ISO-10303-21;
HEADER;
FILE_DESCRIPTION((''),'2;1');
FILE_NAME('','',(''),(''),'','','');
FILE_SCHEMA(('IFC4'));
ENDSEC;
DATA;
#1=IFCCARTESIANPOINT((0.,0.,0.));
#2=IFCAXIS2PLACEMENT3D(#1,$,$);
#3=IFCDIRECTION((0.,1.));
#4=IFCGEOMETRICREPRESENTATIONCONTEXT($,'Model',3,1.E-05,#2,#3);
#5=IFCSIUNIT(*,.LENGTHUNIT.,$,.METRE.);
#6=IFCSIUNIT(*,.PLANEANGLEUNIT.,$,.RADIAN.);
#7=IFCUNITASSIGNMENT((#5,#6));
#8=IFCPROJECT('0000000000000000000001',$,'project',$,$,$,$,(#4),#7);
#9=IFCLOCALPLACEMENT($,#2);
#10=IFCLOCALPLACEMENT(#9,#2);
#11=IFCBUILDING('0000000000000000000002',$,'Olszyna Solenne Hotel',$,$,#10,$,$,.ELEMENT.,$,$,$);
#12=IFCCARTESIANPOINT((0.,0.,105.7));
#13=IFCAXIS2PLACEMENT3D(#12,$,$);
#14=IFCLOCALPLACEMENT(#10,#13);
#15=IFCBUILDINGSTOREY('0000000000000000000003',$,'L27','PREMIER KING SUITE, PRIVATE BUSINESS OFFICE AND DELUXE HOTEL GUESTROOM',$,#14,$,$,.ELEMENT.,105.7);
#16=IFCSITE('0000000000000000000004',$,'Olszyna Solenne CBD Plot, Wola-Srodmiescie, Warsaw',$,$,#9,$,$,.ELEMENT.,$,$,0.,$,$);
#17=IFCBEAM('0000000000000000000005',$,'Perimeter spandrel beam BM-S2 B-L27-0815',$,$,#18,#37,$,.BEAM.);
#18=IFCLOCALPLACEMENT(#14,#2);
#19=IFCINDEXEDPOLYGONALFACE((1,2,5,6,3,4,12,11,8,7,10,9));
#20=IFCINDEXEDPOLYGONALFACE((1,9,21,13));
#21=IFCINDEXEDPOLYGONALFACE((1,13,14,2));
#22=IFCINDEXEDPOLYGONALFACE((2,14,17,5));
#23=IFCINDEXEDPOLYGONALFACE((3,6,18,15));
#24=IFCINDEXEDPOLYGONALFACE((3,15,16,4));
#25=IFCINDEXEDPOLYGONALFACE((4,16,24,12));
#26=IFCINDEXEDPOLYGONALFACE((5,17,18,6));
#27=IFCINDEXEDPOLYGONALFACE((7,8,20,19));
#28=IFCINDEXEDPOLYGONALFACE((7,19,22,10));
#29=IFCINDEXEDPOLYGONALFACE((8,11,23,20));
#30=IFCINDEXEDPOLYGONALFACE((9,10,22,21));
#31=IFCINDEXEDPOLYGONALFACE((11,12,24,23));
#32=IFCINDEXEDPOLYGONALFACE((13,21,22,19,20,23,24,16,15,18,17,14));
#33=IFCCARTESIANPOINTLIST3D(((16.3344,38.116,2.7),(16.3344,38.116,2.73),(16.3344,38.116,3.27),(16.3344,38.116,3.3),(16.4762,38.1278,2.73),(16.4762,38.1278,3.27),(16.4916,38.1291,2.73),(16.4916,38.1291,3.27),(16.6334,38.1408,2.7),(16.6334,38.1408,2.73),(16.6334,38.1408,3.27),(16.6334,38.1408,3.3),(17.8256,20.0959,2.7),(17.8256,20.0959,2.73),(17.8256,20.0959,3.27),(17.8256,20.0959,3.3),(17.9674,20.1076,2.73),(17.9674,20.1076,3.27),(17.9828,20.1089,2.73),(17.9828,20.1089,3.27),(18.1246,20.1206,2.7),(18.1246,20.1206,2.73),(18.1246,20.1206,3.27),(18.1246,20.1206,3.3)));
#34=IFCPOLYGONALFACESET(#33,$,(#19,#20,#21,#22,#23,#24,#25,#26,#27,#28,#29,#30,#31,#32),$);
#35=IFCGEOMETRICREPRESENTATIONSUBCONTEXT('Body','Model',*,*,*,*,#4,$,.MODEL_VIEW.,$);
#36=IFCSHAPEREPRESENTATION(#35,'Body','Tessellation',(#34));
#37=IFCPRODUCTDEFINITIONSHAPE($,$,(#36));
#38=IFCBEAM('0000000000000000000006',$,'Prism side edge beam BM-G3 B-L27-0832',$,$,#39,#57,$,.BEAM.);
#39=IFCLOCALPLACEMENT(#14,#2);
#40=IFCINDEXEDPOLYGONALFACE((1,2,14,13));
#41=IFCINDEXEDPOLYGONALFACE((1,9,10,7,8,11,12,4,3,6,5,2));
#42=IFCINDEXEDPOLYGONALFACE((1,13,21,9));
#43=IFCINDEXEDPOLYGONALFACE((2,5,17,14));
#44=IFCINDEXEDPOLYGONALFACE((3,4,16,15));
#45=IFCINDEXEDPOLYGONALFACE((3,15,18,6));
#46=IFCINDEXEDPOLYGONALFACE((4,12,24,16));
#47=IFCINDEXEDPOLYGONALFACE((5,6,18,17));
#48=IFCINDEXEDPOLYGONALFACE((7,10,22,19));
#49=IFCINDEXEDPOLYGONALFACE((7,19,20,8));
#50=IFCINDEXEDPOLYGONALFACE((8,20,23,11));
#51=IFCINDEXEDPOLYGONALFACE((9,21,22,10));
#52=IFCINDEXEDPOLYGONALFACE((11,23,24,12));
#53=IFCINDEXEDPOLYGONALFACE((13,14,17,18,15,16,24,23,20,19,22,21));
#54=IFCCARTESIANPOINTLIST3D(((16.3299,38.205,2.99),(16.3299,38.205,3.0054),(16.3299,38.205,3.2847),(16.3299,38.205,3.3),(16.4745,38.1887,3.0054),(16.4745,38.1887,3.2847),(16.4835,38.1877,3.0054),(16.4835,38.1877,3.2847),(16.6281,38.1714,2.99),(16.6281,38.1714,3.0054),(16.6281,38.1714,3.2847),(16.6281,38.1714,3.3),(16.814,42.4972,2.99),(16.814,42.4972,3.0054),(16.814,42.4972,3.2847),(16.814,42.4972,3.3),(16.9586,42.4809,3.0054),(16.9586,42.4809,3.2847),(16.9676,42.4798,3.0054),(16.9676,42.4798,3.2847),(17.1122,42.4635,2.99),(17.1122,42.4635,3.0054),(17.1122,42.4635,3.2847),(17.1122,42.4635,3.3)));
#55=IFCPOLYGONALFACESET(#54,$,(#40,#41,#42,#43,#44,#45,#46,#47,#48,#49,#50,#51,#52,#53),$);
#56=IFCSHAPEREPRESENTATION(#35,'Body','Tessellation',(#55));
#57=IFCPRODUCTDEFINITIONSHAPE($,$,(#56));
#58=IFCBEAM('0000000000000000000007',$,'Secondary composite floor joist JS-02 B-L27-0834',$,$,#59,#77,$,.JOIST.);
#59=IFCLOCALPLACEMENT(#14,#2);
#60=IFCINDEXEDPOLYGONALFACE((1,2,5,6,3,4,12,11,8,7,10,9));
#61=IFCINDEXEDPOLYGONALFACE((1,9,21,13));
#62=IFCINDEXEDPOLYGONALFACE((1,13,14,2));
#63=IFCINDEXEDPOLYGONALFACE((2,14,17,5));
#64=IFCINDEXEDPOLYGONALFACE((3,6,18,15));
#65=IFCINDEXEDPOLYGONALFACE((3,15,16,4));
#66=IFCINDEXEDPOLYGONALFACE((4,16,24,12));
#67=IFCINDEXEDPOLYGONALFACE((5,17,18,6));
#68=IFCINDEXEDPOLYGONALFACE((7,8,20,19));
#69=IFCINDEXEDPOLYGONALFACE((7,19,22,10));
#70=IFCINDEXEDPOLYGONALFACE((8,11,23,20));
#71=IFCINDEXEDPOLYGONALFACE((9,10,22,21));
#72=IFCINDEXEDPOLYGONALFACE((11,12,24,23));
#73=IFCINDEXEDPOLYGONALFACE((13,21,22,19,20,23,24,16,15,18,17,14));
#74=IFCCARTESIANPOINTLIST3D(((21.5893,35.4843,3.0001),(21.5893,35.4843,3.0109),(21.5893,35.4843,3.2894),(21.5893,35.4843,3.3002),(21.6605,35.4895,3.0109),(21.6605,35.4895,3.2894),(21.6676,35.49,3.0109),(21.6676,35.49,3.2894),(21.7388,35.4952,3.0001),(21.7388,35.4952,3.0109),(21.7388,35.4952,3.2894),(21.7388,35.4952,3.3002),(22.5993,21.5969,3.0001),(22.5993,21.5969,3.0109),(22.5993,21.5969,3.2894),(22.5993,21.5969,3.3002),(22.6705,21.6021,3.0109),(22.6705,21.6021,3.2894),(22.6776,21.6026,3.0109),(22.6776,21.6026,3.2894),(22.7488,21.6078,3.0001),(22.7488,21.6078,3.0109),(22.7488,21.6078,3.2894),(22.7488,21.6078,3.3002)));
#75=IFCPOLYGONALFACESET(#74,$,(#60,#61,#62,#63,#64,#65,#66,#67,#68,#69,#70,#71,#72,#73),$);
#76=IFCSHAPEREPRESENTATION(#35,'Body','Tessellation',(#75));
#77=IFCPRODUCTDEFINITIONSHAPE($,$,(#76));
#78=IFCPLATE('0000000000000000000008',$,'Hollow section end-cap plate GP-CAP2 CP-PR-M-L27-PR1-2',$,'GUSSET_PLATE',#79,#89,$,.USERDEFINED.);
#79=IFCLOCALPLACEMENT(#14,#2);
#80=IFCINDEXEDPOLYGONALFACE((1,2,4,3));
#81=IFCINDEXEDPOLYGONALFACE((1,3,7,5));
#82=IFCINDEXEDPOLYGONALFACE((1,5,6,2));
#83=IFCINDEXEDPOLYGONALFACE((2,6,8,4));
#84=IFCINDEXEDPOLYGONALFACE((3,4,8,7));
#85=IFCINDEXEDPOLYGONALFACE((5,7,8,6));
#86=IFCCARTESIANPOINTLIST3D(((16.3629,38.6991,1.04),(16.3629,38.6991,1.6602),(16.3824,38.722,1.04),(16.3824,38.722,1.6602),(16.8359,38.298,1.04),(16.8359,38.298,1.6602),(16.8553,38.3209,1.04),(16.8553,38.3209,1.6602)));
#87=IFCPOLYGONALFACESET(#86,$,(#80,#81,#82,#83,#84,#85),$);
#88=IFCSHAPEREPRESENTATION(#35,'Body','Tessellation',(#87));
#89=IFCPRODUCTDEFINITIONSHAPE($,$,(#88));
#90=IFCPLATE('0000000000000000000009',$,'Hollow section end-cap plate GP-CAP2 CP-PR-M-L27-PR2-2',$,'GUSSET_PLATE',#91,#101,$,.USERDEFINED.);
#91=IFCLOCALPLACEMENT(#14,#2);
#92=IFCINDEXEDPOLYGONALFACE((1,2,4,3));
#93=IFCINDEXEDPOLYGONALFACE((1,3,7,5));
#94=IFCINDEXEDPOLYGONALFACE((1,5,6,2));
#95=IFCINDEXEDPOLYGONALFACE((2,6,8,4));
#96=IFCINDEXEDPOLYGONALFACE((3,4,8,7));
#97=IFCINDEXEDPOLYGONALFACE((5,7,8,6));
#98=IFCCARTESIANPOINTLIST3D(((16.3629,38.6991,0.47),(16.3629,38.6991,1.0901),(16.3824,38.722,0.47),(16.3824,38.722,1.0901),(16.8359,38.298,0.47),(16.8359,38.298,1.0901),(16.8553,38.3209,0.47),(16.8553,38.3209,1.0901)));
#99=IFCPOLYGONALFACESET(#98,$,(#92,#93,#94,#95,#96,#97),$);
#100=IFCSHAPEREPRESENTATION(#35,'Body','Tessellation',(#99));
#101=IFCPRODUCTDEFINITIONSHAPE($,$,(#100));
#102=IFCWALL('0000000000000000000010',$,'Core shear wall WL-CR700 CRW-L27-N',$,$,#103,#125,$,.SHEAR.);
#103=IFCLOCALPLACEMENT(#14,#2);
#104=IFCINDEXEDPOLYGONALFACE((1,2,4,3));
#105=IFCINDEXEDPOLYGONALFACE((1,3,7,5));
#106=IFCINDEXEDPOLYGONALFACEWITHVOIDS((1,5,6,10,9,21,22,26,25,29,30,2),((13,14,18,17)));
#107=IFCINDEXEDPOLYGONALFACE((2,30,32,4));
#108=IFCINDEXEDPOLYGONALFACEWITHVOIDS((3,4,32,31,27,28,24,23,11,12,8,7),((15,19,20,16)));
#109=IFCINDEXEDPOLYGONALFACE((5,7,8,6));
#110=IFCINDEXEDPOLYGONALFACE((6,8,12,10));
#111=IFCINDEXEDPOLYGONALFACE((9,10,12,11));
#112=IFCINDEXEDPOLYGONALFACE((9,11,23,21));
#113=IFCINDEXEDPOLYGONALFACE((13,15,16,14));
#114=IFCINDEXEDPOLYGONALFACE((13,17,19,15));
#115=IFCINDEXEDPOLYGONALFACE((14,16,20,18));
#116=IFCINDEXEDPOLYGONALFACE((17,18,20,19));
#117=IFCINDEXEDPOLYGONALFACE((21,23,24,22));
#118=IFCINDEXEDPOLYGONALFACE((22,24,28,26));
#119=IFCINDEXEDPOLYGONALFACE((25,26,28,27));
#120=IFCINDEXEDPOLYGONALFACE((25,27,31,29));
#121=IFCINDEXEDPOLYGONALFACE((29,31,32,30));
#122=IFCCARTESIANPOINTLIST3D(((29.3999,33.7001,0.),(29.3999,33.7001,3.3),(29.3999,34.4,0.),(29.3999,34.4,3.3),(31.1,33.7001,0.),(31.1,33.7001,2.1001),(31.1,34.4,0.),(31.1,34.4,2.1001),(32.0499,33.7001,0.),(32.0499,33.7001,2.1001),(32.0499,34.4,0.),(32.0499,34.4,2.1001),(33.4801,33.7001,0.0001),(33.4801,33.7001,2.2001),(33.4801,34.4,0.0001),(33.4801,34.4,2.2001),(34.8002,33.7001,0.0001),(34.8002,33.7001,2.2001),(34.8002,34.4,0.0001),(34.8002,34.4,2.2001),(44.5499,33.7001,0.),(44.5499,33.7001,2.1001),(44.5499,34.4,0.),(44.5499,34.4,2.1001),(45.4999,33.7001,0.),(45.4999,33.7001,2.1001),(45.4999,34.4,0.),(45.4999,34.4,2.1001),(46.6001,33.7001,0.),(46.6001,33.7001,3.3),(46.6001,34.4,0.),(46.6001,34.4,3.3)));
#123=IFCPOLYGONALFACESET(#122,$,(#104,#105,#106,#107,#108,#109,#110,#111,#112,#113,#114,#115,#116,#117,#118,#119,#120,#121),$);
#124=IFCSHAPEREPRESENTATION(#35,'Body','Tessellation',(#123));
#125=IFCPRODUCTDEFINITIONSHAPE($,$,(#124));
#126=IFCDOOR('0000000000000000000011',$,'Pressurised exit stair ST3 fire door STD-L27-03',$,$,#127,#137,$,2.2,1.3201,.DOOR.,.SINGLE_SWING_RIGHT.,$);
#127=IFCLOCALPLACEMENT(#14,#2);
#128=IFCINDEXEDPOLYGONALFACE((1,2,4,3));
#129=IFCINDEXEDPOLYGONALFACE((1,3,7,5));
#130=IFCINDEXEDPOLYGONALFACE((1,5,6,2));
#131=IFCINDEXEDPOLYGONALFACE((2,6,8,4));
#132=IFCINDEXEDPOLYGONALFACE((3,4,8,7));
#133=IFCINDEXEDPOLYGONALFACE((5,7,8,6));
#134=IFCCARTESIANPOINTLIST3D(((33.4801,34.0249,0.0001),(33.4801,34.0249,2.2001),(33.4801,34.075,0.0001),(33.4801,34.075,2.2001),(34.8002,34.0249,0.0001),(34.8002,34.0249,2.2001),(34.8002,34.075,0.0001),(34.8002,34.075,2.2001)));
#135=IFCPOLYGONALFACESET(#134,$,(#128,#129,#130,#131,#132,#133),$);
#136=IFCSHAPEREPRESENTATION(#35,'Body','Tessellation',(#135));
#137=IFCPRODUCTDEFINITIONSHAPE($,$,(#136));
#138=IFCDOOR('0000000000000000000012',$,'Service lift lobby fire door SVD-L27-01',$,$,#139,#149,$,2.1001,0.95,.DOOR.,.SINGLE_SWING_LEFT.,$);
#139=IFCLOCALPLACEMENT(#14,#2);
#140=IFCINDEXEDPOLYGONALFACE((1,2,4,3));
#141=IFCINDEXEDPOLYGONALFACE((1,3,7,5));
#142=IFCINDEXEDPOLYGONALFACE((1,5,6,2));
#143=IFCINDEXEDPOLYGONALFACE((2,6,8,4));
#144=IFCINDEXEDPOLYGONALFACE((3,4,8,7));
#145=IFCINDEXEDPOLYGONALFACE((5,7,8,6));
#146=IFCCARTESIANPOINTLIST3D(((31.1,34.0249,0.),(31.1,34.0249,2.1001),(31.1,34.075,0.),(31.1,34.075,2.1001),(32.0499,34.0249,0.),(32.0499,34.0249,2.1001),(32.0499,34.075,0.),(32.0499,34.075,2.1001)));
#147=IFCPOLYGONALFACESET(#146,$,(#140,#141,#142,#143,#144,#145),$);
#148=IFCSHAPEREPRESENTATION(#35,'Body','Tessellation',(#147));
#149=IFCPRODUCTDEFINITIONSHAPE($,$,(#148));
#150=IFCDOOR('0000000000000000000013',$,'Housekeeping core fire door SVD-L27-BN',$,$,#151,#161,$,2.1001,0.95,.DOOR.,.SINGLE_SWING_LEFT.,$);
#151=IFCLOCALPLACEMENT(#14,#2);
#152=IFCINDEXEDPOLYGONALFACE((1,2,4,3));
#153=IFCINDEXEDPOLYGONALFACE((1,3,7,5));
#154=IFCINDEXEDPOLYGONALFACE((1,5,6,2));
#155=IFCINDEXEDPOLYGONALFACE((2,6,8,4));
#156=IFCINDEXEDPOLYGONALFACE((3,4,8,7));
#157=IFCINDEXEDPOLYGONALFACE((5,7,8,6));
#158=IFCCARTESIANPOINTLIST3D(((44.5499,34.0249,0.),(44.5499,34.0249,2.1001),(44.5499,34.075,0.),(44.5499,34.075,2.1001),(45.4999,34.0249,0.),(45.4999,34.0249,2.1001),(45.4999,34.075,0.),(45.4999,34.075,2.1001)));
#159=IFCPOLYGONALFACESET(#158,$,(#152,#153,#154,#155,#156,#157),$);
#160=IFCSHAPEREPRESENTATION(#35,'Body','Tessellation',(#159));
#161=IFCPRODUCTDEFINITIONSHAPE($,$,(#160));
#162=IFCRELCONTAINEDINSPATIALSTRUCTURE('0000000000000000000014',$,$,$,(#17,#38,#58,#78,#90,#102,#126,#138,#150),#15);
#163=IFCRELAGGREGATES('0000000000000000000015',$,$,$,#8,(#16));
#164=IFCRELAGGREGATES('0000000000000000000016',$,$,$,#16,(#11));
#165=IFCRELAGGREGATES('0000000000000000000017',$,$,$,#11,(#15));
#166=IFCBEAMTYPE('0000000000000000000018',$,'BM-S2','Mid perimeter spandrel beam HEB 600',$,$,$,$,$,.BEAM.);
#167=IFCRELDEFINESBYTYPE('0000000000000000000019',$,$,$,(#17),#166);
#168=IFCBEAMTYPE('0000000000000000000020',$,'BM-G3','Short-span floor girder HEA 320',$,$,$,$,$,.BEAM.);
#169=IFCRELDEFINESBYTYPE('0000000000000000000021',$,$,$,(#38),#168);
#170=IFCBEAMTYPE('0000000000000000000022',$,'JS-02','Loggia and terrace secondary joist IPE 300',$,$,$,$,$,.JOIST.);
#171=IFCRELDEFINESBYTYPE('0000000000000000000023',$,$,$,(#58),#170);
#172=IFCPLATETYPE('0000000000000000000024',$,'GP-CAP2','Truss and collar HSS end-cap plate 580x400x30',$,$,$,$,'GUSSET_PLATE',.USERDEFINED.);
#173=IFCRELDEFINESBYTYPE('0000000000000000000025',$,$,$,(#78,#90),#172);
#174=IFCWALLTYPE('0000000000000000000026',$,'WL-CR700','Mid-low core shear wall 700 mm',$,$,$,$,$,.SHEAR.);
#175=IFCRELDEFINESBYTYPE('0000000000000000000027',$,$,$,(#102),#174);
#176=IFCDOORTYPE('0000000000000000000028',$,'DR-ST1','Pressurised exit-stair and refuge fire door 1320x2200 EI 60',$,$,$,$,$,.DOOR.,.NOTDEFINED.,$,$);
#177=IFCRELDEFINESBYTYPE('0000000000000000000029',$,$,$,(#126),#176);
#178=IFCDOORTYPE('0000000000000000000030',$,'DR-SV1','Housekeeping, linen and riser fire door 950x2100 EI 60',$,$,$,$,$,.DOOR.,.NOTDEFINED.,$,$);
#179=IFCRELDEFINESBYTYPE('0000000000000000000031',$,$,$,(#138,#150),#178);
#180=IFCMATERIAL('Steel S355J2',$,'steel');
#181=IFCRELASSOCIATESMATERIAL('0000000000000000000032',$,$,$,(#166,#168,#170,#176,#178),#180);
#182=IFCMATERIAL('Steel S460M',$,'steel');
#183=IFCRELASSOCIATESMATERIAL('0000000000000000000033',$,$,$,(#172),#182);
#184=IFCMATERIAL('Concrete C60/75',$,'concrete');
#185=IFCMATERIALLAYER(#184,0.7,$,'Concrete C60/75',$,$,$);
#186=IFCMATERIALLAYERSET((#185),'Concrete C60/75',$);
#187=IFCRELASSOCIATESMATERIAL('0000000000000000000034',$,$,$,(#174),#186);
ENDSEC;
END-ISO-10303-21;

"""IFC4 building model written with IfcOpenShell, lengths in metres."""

from ifc_helpers import new_model, si_unit, direction, frame, frame_2d, origin, origin_2d, place, context, subcontext, project, spatial, rectangle, i_section, extrude, source, transform, mapped, material, layer, layer_set, material_profile, profile_set, type_object, type_shapes, element, fill, save


model = new_model("IFC4")

# Units and contexts
model_context = context("Model", 3, precision=1e-05, world=origin(), true_north=direction((0.0, 1.0)))
body_context = subcontext(model_context, "Body", "Model", "MODEL_VIEW")
ifc_project = project(units=[si_unit("LENGTHUNIT", "METRE"), si_unit("PLANEANGLEUNIT", "RADIAN")], contexts=[model_context])

# Site, building, storey
site_placement = place(None, origin())
site = spatial("IfcSite", under=ifc_project, at=site_placement, Name="Olszyna Solenne CBD Plot, Wola-Srodmiescie, Warsaw", CompositionType="ELEMENT", RefElevation=0.0)
building_placement = place(site_placement, origin())
building = spatial("IfcBuilding", under=site, at=building_placement, Name="Olszyna Solenne Hotel", CompositionType="ELEMENT")
storey_placement = place(building_placement, frame((0.0, 0.0, 105.7)))
storey = spatial("IfcBuildingStorey", under=building, at=storey_placement, Name="L27", Description="PREMIER KING SUITE, PRIVATE BUSINESS OFFICE AND DELUXE HOTEL GUESTROOM", CompositionType="ELEMENT", Elevation=105.7)

# Beams
ifc_material_1 = material(Name="Steel S355J2", Category="steel")
ifc_material_profile_1 = material_profile(ifc_material_1, i_section(OverallWidth=0.3, OverallDepth=0.6001, WebThickness=0.0154, FlangeThickness=0.03, at=origin_2d()), Name="HEB 600", Category="load-bearing")
ifc_profile_set_1 = profile_set([ifc_material_profile_1], Name="Steel S355J2")
beam_type_1 = type_object("IfcBeamType", Name="BM-S2", Description="Mid perimeter spandrel beam HEB 600", PredefinedType="BEAM", material=ifc_profile_set_1)
shared_shape_1 = source(origin(), body_context, "Body", "SweptSolid", [
    extrude(i_section(OverallWidth=0.3, OverallDepth=0.6001, WebThickness=0.0154, FlangeThickness=0.03, at=origin_2d()), origin(), (0.0, 0.0, 1.0), 18.0818),
])
beam_1_placement = place(storey_placement, frame((16.4839, 38.1284, 3.0), z_axis=(0.08247, -0.996594, 0.0), x_axis=(0.996594, 0.08247, 0.0)))
element("IfcBeam", 1, at=beam_1_placement, inside=storey, type_object=beam_type_1, Name="Perimeter spandrel beam BM-S2 B-L27-0815", PredefinedType="BEAM", context=body_context, shape_type="MappedRepresentation", body=[
    mapped(shared_shape_1, transform((0.0, 0.0, 0.0), x_axis=(1.0, 0.0, 0.0), y_axis=(0.0, 1.0, 0.0), z_axis=(0.0, 0.0, 1.0), scale=1.0)),
])
ifc_material_profile_2 = material_profile(ifc_material_1, i_section(OverallWidth=0.3, OverallDepth=0.3101, WebThickness=0.009, FlangeThickness=0.0154, at=origin_2d()), Name="HEA 320", Category="load-bearing")
ifc_profile_set_2 = profile_set([ifc_material_profile_2], Name="Steel S355J2")
beam_type_2 = type_object("IfcBeamType", Name="BM-G3", Description="Short-span floor girder HEA 320", PredefinedType="BEAM", material=ifc_profile_set_2)
shared_shape_2 = source(origin(), body_context, "Body", "SweptSolid", [
    extrude(i_section(OverallWidth=0.3, OverallDepth=0.3101, WebThickness=0.009, FlangeThickness=0.0154, at=origin_2d()), origin(), (0.0, 0.0, 1.0), 4.3193),
])
beam_2_placement = place(storey_placement, frame((16.479, 38.1882, 3.145), z_axis=(0.112082, 0.993699, 0.0), x_axis=(-0.993699, 0.112082, 0.0)))
element("IfcBeam", 2, at=beam_2_placement, inside=storey, type_object=beam_type_2, Name="Prism side edge beam BM-G3 B-L27-0832", PredefinedType="BEAM", context=body_context, shape_type="MappedRepresentation", body=[
    mapped(shared_shape_2, transform((0.0, 0.0, 0.0), x_axis=(1.0, 0.0, 0.0), y_axis=(0.0, 1.0, 0.0), z_axis=(0.0, 0.0, 1.0), scale=1.0)),
])
ifc_material_profile_3 = material_profile(ifc_material_1, i_section(OverallWidth=0.1499, OverallDepth=0.3, WebThickness=0.0071, FlangeThickness=0.0107, at=origin_2d()), Name="IPE 300", Category="load-bearing")
ifc_profile_set_3 = profile_set([ifc_material_profile_3], Name="Steel S355J2")
beam_type_3 = type_object("IfcBeamType", Name="JS-02", Description="Loggia and terrace secondary joist IPE 300", PredefinedType="JOIST", material=ifc_profile_set_3)
shared_shape_3 = source(origin(), body_context, "Body", "SweptSolid", [
    extrude(i_section(OverallWidth=0.1499, OverallDepth=0.3, WebThickness=0.0071, FlangeThickness=0.0107, at=origin_2d()), origin(), (0.0, 0.0, 1.0), 13.9241),
])
beam_3_placement = place(storey_placement, frame((21.6641, 35.4897, 3.1501), z_axis=(0.072537, -0.997366, 0.0), x_axis=(0.997366, 0.072537, 0.0)))
element("IfcBeam", 3, at=beam_3_placement, inside=storey, type_object=beam_type_3, Name="Secondary composite floor joist JS-02 B-L27-0834", PredefinedType="JOIST", context=body_context, shape_type="MappedRepresentation", body=[
    mapped(shared_shape_3, transform((0.0, 0.0, 0.0), x_axis=(1.0, 0.0, 0.0), y_axis=(0.0, 1.0, 0.0), z_axis=(0.0, 0.0, 1.0), scale=1.0)),
])

# Plates
ifc_material_2 = material(Name="Steel S460M", Category="steel")
plate_type = type_object("IfcPlateType", Name="GP-CAP2", Description="Truss and collar HSS end-cap plate 580x400x30", ElementType="GUSSET_PLATE", PredefinedType="USERDEFINED", material=ifc_material_2)
shared_shape_4 = source(origin(), body_context, "Body", "SweptSolid", [
    extrude(rectangle(XDim=0.03, YDim=0.6201, at=origin_2d()), origin(), (0.0, 0.0, 1.0), 0.6201),
])
for number, where, z_axis, x_axis, name in (
    (4, (16.6091, 38.51, 1.04), (0.0, 0.0, 1.0), (-0.64679, -0.762668, 0.0), "Hollow section end-cap plate GP-CAP2 CP-PR-M-L27-PR1-2"),
    (5, (16.6091, 38.51, 0.47), (0.0, 0.0, 1.0), (-0.64679, -0.762668, 0.0), "Hollow section end-cap plate GP-CAP2 CP-PR-M-L27-PR2-2"),
):
    element("IfcPlate", number, at=place(storey_placement, frame(where, z_axis=z_axis, x_axis=x_axis)), inside=storey, type_object=plate_type, Name=name, ObjectType="GUSSET_PLATE", PredefinedType="USERDEFINED", context=body_context, shape_type="MappedRepresentation", body=[
        mapped(shared_shape_4, transform((0.0, 0.0, 0.0), x_axis=(1.0, 0.0, 0.0), y_axis=(0.0, 1.0, 0.0), z_axis=(0.0, 0.0, 1.0), scale=1.0)),
    ])

# Wall, openings, doors
ifc_material_3 = material(Name="Concrete C60/75", Category="concrete")
ifc_layer_1 = layer(ifc_material_3, 0.7, Name="Concrete C60/75")
ifc_layer_set_1 = layer_set([ifc_layer_1], Name="Concrete C60/75")
wall_type_1 = type_object("IfcWallType", Name="WL-CR700", Description="Mid-low core shear wall 700 mm", PredefinedType="SHEAR", material=ifc_layer_set_1)
wall_1_placement = place(storey_placement, frame((29.3999, 34.05, 0.0), z_axis=(0.0, 0.0, 1.0), x_axis=(1.0, 0.0, 0.0)))
wall_1 = element("IfcWall", 6, at=wall_1_placement, inside=storey, type_object=wall_type_1, Name="Core shear wall WL-CR700 CRW-L27-N", PredefinedType="SHEAR", context=body_context, shape_type="SweptSolid", body=[
    extrude(rectangle(XDim=17.2002, YDim=0.7, at=frame_2d((8.6001, 0.0))), origin(), (0.0, 0.0, 1.0), 3.3),
])
opening_1_placement = place(wall_1_placement, frame((1.7, 0.0, 0.0)))
opening_1 = element("IfcOpeningElement", 7, at=opening_1_placement, cuts=wall_1, PredefinedType="OPENING", context=body_context, shape_type="SweptSolid", body=[
    extrude(rectangle(XDim=0.95, YDim=2.1001, at=frame_2d((0.4751, 1.05))), frame((0.0, 0.3599, 0.0), z_axis=(0.0, -1.0, 0.0), x_axis=(1.0, 0.0, 0.0)), (0.0, 0.0, 1.0), 0.72),
])
opening_2_placement = place(wall_1_placement, frame((4.0801, 0.0, 0.0)))
opening_2 = element("IfcOpeningElement", 8, at=opening_2_placement, cuts=wall_1, PredefinedType="OPENING", context=body_context, shape_type="SweptSolid", body=[
    extrude(rectangle(XDim=1.3201, YDim=2.2, at=frame_2d((0.6602, 1.1001))), frame((0.0, 0.3599, 0.0), z_axis=(0.0, -1.0, 0.0), x_axis=(1.0, 0.0, 0.0)), (0.0, 0.0, 1.0), 0.72),
])
opening_3_placement = place(wall_1_placement, frame((15.1499, 0.0, 0.0)))
opening_3 = element("IfcOpeningElement", 9, at=opening_3_placement, cuts=wall_1, PredefinedType="OPENING", context=body_context, shape_type="SweptSolid", body=[
    extrude(rectangle(XDim=0.95, YDim=2.1001, at=frame_2d((0.4751, 1.05))), frame((0.0, 0.3599, 0.0), z_axis=(0.0, -1.0, 0.0), x_axis=(1.0, 0.0, 0.0)), (0.0, 0.0, 1.0), 0.72),
])
door_type_1 = type_object("IfcDoorType", Name="DR-ST1", Description="Pressurised exit-stair and refuge fire door 1320x2200 EI 60", OperationType="NOTDEFINED", PredefinedType="DOOR", material=ifc_material_1)
shared_shape_5 = source(origin(), body_context, "Body", "SweptSolid", [
    extrude(rectangle(XDim=1.3201, YDim=2.2, at=frame_2d((0.6602, 1.1001))), frame((0.0, 0.0249, 0.0), z_axis=(0.0, -1.0, 0.0), x_axis=(1.0, 0.0, 0.0)), (0.0, 0.0, 1.0), 0.05),
])
type_shapes(door_type_1, [shared_shape_5])
door_1_placement = place(opening_2_placement, origin())
door_1 = element("IfcDoor", 10, at=door_1_placement, inside=storey, type_object=door_type_1, Name="Pressurised exit stair ST3 fire door STD-L27-03", OperationType="SINGLE_SWING_RIGHT", OverallHeight=2.2, OverallWidth=1.3201, PredefinedType="DOOR", context=body_context, shape_type="MappedRepresentation", body=[
    mapped(shared_shape_5, transform((0.0, 0.0, 0.0), x_axis=(1.0, 0.0, 0.0), y_axis=(0.0, 1.0, 0.0), z_axis=(0.0, 0.0, 1.0), scale=1.0)),
])
fill(opening_2, door_1)
door_type_2 = type_object("IfcDoorType", Name="DR-SV1", Description="Housekeeping, linen and riser fire door 950x2100 EI 60", OperationType="NOTDEFINED", PredefinedType="DOOR", material=ifc_material_1)
shared_shape_6 = source(origin(), body_context, "Body", "SweptSolid", [
    extrude(rectangle(XDim=0.95, YDim=2.1001, at=frame_2d((0.4751, 1.05))), frame((0.0, 0.0249, 0.0), z_axis=(0.0, -1.0, 0.0), x_axis=(1.0, 0.0, 0.0)), (0.0, 0.0, 1.0), 0.05),
])
type_shapes(door_type_2, [shared_shape_6])
door_2_placement = place(opening_1_placement, origin())
door_2 = element("IfcDoor", 11, at=door_2_placement, inside=storey, type_object=door_type_2, Name="Service lift lobby fire door SVD-L27-01", OperationType="SINGLE_SWING_LEFT", OverallHeight=2.1001, OverallWidth=0.95, PredefinedType="DOOR", context=body_context, shape_type="MappedRepresentation", body=[
    mapped(shared_shape_6, transform((0.0, 0.0, 0.0), x_axis=(1.0, 0.0, 0.0), y_axis=(0.0, 1.0, 0.0), z_axis=(0.0, 0.0, 1.0), scale=1.0)),
])
fill(opening_1, door_2)
door_3_placement = place(opening_3_placement, origin())
door_3 = element("IfcDoor", 12, at=door_3_placement, inside=storey, type_object=door_type_2, Name="Housekeeping core fire door SVD-L27-BN", OperationType="SINGLE_SWING_LEFT", OverallHeight=2.1001, OverallWidth=0.95, PredefinedType="DOOR", context=body_context, shape_type="MappedRepresentation", body=[
    mapped(shared_shape_6, transform((0.0, 0.0, 0.0), x_axis=(1.0, 0.0, 0.0), y_axis=(0.0, 1.0, 0.0), z_axis=(0.0, 0.0, 1.0), scale=1.0)),
])
fill(opening_3, door_3)

save(model, "model.ifc")
